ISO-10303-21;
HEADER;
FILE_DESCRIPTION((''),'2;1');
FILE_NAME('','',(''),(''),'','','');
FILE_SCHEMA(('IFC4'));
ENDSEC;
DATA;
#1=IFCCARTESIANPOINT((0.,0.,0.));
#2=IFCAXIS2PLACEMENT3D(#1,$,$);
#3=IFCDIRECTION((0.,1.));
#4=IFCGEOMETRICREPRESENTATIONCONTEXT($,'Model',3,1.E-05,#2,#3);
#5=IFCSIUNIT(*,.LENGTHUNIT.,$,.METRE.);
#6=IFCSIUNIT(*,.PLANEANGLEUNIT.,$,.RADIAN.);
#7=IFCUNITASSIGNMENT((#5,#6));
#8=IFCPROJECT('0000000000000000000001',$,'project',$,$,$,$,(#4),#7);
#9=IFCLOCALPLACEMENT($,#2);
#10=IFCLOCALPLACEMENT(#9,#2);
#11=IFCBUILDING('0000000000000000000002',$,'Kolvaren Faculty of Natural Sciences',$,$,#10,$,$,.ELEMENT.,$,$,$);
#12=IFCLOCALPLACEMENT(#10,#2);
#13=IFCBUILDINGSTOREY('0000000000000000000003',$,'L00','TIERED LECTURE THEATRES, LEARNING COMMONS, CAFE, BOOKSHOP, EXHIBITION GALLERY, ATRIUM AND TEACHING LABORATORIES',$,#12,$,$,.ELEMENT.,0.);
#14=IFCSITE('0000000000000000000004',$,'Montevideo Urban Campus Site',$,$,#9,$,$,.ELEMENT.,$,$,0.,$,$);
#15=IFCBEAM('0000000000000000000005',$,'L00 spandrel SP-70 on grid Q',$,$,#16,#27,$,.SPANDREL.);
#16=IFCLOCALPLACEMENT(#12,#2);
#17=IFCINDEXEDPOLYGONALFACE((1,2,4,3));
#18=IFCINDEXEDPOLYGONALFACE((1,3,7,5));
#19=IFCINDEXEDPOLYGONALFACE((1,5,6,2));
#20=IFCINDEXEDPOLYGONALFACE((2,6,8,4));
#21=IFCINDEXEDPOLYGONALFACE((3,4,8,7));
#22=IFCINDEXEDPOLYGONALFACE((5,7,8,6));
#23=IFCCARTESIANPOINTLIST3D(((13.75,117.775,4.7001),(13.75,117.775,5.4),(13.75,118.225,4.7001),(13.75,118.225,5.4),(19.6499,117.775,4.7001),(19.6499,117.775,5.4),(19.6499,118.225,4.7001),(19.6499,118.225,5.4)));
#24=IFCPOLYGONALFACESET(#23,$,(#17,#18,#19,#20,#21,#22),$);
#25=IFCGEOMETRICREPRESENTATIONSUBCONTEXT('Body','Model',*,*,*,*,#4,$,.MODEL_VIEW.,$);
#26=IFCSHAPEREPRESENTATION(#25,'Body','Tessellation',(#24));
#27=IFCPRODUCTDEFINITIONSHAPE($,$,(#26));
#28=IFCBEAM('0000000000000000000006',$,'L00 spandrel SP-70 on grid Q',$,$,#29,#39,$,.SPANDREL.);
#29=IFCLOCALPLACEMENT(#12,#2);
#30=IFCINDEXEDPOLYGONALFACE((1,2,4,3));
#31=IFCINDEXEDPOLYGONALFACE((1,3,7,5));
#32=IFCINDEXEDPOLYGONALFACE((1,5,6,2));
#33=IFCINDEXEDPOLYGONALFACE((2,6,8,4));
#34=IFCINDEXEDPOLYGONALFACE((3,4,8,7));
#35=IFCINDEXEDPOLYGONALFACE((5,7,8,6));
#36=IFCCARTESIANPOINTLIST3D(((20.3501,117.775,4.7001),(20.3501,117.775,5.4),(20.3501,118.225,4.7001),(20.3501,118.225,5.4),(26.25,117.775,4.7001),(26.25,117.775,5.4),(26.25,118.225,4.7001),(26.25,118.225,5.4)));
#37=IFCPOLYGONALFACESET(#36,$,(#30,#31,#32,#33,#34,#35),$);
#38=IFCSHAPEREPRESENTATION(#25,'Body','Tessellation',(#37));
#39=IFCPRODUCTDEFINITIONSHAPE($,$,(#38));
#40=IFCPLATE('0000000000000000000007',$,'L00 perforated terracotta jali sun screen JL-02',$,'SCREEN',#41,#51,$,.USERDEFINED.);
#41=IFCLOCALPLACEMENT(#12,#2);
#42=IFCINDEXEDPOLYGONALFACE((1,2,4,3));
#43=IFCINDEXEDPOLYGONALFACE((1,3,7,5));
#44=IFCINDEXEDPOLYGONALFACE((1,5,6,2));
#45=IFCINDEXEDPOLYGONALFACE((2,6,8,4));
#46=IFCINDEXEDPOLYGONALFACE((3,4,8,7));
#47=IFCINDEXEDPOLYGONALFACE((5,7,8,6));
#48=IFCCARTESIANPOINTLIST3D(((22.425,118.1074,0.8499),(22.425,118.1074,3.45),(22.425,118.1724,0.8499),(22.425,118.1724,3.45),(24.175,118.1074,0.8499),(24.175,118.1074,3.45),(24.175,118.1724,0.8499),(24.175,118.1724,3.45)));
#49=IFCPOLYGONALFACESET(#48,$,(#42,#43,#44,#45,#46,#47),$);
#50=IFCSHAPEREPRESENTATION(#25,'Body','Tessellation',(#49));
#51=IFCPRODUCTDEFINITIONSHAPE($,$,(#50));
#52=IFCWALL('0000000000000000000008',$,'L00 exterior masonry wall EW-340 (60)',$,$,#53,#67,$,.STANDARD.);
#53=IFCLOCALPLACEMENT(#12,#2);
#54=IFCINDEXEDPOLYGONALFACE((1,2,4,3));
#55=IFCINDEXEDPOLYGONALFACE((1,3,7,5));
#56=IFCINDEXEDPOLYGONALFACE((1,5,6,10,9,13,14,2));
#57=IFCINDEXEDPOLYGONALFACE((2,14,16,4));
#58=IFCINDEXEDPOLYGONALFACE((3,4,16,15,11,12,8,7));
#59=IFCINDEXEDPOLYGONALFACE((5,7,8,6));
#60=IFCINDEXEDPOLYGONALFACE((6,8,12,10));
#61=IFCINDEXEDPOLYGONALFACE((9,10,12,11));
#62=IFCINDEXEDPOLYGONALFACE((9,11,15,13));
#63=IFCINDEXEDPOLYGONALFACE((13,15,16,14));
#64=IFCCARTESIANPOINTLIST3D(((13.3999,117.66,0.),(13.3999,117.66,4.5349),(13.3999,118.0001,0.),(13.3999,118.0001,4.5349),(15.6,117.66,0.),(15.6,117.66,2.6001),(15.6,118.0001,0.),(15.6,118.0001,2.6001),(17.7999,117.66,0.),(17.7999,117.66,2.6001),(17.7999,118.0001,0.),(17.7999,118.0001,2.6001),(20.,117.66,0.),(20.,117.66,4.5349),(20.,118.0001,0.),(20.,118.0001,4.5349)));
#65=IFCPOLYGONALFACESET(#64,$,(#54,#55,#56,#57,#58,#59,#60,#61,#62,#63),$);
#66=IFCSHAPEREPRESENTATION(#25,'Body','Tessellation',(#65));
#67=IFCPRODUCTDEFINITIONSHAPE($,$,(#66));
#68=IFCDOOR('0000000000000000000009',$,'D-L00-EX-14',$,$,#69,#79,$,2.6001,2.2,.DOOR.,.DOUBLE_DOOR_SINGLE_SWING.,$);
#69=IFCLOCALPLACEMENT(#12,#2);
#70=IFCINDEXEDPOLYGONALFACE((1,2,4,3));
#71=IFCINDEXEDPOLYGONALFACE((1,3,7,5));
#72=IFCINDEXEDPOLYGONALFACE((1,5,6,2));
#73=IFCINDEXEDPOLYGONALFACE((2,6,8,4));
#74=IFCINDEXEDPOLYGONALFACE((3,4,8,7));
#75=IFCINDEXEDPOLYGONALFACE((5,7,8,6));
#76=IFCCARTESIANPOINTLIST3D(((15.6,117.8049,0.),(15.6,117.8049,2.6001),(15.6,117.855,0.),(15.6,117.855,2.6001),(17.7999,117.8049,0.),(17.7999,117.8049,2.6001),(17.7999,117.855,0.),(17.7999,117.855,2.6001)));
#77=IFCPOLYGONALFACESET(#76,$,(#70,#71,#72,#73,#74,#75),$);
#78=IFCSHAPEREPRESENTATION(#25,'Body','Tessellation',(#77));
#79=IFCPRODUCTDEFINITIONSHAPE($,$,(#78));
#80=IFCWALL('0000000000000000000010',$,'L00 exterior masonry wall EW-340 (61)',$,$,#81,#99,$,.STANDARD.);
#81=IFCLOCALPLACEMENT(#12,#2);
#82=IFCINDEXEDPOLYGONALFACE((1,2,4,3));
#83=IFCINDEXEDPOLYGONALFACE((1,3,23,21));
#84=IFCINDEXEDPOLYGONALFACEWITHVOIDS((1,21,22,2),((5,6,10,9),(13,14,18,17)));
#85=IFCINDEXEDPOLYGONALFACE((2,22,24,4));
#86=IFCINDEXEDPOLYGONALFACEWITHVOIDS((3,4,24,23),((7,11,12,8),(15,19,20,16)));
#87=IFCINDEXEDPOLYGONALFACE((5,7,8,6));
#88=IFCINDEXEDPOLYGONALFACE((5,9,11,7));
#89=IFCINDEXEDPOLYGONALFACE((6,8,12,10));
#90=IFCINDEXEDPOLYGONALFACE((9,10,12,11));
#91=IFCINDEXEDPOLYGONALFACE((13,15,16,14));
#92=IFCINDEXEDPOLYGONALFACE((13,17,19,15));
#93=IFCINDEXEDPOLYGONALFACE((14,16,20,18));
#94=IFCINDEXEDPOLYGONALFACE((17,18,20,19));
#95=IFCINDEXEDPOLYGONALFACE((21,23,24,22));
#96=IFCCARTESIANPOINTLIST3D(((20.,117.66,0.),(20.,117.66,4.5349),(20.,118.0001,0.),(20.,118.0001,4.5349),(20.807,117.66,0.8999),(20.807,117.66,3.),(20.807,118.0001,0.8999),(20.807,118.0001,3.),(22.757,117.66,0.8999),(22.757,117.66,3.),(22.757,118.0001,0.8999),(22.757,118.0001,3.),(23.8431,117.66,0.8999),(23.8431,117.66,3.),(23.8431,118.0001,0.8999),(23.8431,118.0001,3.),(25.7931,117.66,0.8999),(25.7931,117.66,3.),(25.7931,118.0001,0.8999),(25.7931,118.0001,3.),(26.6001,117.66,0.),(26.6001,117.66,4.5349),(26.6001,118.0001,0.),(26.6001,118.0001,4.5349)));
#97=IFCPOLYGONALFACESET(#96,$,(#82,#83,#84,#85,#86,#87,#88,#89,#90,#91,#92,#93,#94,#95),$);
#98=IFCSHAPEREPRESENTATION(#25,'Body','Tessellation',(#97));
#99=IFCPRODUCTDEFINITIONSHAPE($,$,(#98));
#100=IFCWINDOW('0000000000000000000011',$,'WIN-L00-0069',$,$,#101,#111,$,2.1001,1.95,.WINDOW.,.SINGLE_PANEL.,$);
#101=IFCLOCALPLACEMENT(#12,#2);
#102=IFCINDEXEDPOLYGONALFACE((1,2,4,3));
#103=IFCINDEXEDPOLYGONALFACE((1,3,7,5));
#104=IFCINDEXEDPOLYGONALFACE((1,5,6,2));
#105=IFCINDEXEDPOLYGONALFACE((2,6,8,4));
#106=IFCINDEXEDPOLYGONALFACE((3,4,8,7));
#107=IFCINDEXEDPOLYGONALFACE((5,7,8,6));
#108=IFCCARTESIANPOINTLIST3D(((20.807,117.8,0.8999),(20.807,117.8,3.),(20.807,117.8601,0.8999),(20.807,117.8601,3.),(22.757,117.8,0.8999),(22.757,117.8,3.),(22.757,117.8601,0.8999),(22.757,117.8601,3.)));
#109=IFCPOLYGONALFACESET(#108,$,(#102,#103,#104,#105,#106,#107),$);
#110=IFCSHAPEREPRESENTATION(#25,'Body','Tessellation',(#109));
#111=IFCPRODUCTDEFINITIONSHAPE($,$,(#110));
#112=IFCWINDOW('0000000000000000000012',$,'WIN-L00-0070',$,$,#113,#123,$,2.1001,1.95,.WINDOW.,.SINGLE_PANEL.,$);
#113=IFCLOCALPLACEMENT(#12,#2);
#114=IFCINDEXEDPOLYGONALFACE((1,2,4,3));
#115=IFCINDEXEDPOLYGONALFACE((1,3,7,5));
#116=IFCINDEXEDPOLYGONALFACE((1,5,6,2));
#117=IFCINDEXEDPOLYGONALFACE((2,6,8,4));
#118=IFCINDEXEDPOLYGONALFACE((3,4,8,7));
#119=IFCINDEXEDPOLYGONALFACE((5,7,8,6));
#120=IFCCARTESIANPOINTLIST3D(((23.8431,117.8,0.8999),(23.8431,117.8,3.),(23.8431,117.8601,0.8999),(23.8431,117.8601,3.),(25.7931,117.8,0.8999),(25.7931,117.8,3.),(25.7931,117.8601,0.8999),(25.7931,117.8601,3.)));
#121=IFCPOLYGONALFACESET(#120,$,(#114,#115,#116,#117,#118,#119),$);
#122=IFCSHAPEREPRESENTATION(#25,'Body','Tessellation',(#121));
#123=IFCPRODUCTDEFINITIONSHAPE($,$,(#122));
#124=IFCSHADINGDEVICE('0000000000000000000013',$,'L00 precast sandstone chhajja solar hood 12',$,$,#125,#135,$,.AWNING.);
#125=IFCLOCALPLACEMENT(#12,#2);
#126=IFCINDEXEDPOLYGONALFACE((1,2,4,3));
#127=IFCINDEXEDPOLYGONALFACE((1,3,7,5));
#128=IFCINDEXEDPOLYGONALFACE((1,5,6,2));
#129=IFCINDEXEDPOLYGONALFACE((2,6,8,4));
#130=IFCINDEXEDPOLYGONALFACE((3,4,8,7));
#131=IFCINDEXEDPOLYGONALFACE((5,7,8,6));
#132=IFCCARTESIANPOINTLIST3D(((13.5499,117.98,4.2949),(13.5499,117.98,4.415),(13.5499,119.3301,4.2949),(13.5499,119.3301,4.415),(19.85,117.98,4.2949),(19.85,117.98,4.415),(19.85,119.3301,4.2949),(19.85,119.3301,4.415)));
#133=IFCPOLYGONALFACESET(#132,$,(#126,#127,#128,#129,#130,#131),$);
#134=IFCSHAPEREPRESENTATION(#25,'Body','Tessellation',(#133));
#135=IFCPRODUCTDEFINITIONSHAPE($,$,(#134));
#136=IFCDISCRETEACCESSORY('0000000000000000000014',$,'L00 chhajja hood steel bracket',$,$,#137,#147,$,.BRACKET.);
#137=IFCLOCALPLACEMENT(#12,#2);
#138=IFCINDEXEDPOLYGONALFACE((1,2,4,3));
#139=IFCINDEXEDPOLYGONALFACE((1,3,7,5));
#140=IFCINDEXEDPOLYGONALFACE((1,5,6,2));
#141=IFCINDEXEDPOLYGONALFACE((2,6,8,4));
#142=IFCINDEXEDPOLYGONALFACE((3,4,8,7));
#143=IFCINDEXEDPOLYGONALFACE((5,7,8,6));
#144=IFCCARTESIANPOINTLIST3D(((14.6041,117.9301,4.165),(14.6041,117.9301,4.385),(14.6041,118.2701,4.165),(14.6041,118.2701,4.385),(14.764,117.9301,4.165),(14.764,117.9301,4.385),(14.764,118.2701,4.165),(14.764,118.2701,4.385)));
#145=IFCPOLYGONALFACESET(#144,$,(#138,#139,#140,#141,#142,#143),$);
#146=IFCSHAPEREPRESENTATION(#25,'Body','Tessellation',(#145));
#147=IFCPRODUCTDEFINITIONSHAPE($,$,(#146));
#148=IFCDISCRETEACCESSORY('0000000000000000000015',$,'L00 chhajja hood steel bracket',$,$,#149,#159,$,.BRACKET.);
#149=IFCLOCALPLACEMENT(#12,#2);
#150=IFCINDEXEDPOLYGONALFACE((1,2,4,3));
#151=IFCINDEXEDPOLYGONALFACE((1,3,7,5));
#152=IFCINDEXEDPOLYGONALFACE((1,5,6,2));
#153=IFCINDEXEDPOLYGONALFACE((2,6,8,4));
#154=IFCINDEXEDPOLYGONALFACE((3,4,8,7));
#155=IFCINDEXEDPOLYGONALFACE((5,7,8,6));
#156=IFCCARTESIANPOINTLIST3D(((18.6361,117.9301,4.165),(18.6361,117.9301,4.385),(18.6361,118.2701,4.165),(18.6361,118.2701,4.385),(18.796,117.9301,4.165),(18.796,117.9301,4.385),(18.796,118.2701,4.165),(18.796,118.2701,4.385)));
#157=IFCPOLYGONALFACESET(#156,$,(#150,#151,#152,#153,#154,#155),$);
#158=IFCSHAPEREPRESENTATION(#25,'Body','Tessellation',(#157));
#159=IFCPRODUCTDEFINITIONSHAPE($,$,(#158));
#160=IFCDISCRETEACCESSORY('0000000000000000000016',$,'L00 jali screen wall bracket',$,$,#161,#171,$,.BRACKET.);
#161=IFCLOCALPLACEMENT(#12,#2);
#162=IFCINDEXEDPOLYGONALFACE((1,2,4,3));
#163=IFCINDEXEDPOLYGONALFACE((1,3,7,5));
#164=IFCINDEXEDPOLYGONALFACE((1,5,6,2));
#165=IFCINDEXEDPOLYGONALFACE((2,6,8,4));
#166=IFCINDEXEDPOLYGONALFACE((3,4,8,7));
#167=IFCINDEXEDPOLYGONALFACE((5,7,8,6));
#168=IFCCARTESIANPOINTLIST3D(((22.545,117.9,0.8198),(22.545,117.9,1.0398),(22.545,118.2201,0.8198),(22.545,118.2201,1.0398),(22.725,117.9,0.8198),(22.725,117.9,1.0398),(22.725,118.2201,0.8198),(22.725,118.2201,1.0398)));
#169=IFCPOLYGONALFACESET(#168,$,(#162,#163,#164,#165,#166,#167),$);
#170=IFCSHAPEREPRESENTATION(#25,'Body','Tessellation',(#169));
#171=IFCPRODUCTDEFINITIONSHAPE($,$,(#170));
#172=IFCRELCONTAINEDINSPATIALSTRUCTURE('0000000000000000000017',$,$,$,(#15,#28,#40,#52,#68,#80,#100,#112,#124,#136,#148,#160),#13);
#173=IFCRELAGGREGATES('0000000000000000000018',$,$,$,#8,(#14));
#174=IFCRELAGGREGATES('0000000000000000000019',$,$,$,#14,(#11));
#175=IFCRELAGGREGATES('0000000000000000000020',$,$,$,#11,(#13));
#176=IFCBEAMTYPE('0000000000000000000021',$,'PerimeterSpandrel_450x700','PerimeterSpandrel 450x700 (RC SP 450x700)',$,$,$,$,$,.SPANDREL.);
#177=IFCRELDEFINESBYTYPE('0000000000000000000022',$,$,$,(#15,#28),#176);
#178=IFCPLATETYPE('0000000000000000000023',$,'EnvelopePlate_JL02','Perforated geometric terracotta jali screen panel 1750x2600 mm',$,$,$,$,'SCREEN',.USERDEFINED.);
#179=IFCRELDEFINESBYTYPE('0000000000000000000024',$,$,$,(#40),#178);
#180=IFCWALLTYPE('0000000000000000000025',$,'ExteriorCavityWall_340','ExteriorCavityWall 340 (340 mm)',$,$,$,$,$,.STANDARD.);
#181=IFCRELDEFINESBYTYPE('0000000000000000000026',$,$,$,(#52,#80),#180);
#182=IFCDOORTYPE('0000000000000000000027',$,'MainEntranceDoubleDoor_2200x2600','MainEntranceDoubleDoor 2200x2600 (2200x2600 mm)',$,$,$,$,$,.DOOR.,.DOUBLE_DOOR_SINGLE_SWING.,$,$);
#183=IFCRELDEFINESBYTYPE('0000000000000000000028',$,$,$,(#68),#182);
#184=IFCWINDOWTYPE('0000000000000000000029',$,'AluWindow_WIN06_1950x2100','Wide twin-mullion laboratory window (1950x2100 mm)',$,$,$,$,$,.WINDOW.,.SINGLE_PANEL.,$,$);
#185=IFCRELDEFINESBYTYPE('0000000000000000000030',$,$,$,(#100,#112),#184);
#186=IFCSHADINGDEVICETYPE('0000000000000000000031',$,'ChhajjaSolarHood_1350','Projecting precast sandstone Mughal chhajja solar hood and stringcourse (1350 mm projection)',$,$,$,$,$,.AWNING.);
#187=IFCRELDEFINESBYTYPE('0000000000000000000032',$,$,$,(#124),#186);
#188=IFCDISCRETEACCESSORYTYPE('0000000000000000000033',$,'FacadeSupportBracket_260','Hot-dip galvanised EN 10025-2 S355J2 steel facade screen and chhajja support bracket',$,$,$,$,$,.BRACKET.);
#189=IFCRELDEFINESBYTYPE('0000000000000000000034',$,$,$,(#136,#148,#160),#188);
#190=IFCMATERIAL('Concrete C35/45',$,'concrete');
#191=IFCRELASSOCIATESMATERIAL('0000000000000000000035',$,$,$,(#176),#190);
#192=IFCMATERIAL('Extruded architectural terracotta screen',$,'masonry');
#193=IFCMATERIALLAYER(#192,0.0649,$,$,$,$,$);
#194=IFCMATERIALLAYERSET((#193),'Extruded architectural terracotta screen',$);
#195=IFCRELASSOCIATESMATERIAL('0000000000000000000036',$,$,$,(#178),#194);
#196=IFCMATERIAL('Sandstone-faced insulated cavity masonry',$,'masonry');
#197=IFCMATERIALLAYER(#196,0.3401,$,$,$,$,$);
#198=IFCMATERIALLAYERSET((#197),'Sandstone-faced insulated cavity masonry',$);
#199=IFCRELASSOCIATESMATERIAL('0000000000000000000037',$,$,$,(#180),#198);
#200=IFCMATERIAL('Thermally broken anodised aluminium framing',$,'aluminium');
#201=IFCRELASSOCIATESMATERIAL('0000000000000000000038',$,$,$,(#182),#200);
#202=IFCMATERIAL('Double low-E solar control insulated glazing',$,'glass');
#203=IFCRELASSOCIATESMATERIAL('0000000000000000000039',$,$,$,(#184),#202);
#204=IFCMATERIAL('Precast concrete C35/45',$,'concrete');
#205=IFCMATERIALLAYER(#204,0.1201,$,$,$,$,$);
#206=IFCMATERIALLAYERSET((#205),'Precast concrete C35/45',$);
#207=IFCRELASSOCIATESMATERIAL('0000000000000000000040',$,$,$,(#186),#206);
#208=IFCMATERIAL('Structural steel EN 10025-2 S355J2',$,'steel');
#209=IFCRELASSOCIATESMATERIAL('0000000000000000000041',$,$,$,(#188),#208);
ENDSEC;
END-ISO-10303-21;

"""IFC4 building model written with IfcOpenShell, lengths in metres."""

from ifc_helpers import new_model, si_unit, direction, frame, frame_2d, origin, origin_2d, place, context, subcontext, project, spatial, rectangle, extrude, material, layer, layer_set, material_profile, profile_set, type_object, element, fill, save


model = new_model("IFC4")

# Units and contexts
model_context = context("Model", 3, precision=1e-05, world=origin(), true_north=direction((0.0, 1.0)))
body_context = subcontext(model_context, "Body", "Model", "MODEL_VIEW")
ifc_project = project(units=[si_unit("LENGTHUNIT", "METRE"), si_unit("PLANEANGLEUNIT", "RADIAN")], contexts=[model_context])

# Site, building, storey
site_placement = place(None, origin())
site = spatial("IfcSite", under=ifc_project, at=site_placement, Name="Montevideo Urban Campus Site", CompositionType="ELEMENT", RefElevation=0.0)
building_placement = place(site_placement, origin())
building = spatial("IfcBuilding", under=site, at=building_placement, Name="Kolvaren Faculty of Natural Sciences", CompositionType="ELEMENT")
storey_placement = place(building_placement, origin())
storey = spatial("IfcBuildingStorey", under=building, at=storey_placement, Name="L00", Description="TIERED LECTURE THEATRES, LEARNING COMMONS, CAFE, BOOKSHOP, EXHIBITION GALLERY, ATRIUM AND TEACHING LABORATORIES", CompositionType="ELEMENT", Elevation=0.0)

# Shared definitions
ifc_material_1 = material(Name="Concrete C35/45", Category="concrete")

# Beams
ifc_material_profile_1 = material_profile(ifc_material_1, rectangle(XDim=0.45, YDim=0.7, at=origin_2d()), Name="RC SP 450x700")
ifc_profile_set_1 = profile_set([ifc_material_profile_1], Name="Concrete C35/45")
beam_type = type_object("IfcBeamType", Name="PerimeterSpandrel_450x700", Description="PerimeterSpandrel 450x700 (RC SP 450x700)", PredefinedType="SPANDREL", material=ifc_profile_set_1)
for number, where, z_axis, x_axis, name in (
    (1, (13.75, 118.0, 5.05), (1.0, 0.0, 0.0), (0.0, 1.0, 0.0), "L00 spandrel SP-70 on grid Q"),
    (2, (20.3501, 118.0, 5.05), (1.0, 0.0, 0.0), (0.0, 1.0, 0.0), "L00 spandrel SP-70 on grid Q"),
):
    element("IfcBeam", number, at=place(storey_placement, frame(where, z_axis=z_axis, x_axis=x_axis)), inside=storey, type_object=beam_type, Name=name, PredefinedType="SPANDREL", context=body_context, shape_type="SweptSolid", body=[
        extrude(rectangle(XDim=0.45, YDim=0.7, at=origin_2d()), origin(), (0.0, 0.0, 1.0), 5.8999),
    ])

# Plate
ifc_material_2 = material(Name="Extruded architectural terracotta screen", Category="masonry")
ifc_layer_1 = layer(ifc_material_2, 0.0649)
ifc_layer_set_1 = layer_set([ifc_layer_1], Name="Extruded architectural terracotta screen")
plate_type = type_object("IfcPlateType", Name="EnvelopePlate_JL02", Description="Perforated geometric terracotta jali screen panel 1750x2600 mm", ElementType="SCREEN", PredefinedType="USERDEFINED", material=ifc_layer_set_1)
plate_placement = place(storey_placement, frame((23.3, 118.1399, 0.8499), z_axis=(0.0, 0.0, 1.0), x_axis=(1.0, 0.0, 0.0)))
element("IfcPlate", 3, at=plate_placement, inside=storey, type_object=plate_type, Name="L00 perforated terracotta jali sun screen JL-02", ObjectType="SCREEN", PredefinedType="USERDEFINED", context=body_context, shape_type="SweptSolid", body=[
    extrude(rectangle(XDim=1.75, YDim=0.0649, at=origin_2d()), origin(), (0.0, 0.0, 1.0), 2.6001),
])

# Wall, opening, door
ifc_material_3 = material(Name="Sandstone-faced insulated cavity masonry", Category="masonry")
ifc_layer_2 = layer(ifc_material_3, 0.3401)
ifc_layer_set_2 = layer_set([ifc_layer_2], Name="Sandstone-faced insulated cavity masonry")
wall_type = type_object("IfcWallType", Name="ExteriorCavityWall_340", Description="ExteriorCavityWall 340 (340 mm)", PredefinedType="STANDARD", material=ifc_layer_set_2)
wall_1_placement = place(storey_placement, frame((13.3999, 117.8301, 0.0), z_axis=(0.0, 0.0, 1.0), x_axis=(1.0, 0.0, 0.0)))
wall_1 = element("IfcWall", 4, at=wall_1_placement, inside=storey, type_object=wall_type, Name="L00 exterior masonry wall EW-340 (60)", PredefinedType="STANDARD", context=body_context, shape_type="SweptSolid", body=[
    extrude(rectangle(XDim=6.6001, YDim=0.3401, at=frame_2d((3.3, 0.0))), origin(), (0.0, 0.0, 1.0), 4.5349),
])
opening_1_placement = place(wall_1_placement, frame((2.2, 0.0, 0.0)))
opening_1 = element("IfcOpeningElement", 5, at=opening_1_placement, cuts=wall_1, PredefinedType="OPENING", context=body_context, shape_type="SweptSolid", body=[
    extrude(rectangle(XDim=2.2, YDim=2.6001, at=frame_2d((1.1001, 1.3))), frame((0.0, 0.1799, 0.0), z_axis=(0.0, -1.0, 0.0), x_axis=(1.0, 0.0, 0.0)), (0.0, 0.0, 1.0), 0.3601),
])
ifc_material_4 = material(Name="Thermally broken anodised aluminium framing", Category="aluminium")
door_type = type_object("IfcDoorType", Name="MainEntranceDoubleDoor_2200x2600", Description="MainEntranceDoubleDoor 2200x2600 (2200x2600 mm)", OperationType="DOUBLE_DOOR_SINGLE_SWING", PredefinedType="DOOR", material=ifc_material_4)
door_placement = place(opening_1_placement, origin())
door = element("IfcDoor", 6, at=door_placement, inside=storey, type_object=door_type, Name="D-L00-EX-14", OperationType="DOUBLE_DOOR_SINGLE_SWING", OverallHeight=2.6001, OverallWidth=2.2, PredefinedType="DOOR", context=body_context, shape_type="SweptSolid", body=[
    extrude(rectangle(XDim=2.2, YDim=2.6001, at=frame_2d((1.1001, 1.3))), frame((0.0, 0.0249, 0.0), z_axis=(0.0, -1.0, 0.0), x_axis=(1.0, 0.0, 0.0)), (0.0, 0.0, 1.0), 0.05),
])
fill(opening_1, door)

# Wall, openings, windows
wall_2_placement = place(storey_placement, frame((20.0, 117.8301, 0.0), z_axis=(0.0, 0.0, 1.0), x_axis=(1.0, 0.0, 0.0)))
wall_2 = element("IfcWall", 7, at=wall_2_placement, inside=storey, type_object=wall_type, Name="L00 exterior masonry wall EW-340 (61)", PredefinedType="STANDARD", context=body_context, shape_type="SweptSolid", body=[
    extrude(rectangle(XDim=6.6001, YDim=0.3401, at=frame_2d((3.3, 0.0))), origin(), (0.0, 0.0, 1.0), 4.5349),
])
opening_2_placement = place(wall_2_placement, frame((0.8069, 0.0, 0.8999)))
opening_2 = element("IfcOpeningElement", 8, at=opening_2_placement, cuts=wall_2, PredefinedType="OPENING", context=body_context, shape_type="SweptSolid", body=[
    extrude(rectangle(XDim=1.95, YDim=2.1001, at=frame_2d((0.9751, 1.05))), frame((0.0, 0.1799, 0.0), z_axis=(0.0, -1.0, 0.0), x_axis=(1.0, 0.0, 0.0)), (0.0, 0.0, 1.0), 0.3601),
])
opening_3_placement = place(wall_2_placement, frame((3.843, 0.0, 0.8999)))
opening_3 = element("IfcOpeningElement", 9, at=opening_3_placement, cuts=wall_2, PredefinedType="OPENING", context=body_context, shape_type="SweptSolid", body=[
    extrude(rectangle(XDim=1.95, YDim=2.1001, at=frame_2d((0.9751, 1.05))), frame((0.0, 0.1799, 0.0), z_axis=(0.0, -1.0, 0.0), x_axis=(1.0, 0.0, 0.0)), (0.0, 0.0, 1.0), 0.3601),
])
ifc_material_5 = material(Name="Double low-E solar control insulated glazing", Category="glass")
window_type = type_object("IfcWindowType", Name="AluWindow_WIN06_1950x2100", Description="Wide twin-mullion laboratory window (1950x2100 mm)", PartitioningType="SINGLE_PANEL", PredefinedType="WINDOW", material=ifc_material_5)
window_1_placement = place(opening_2_placement, origin())
window_1 = element("IfcWindow", 10, at=window_1_placement, inside=storey, type_object=window_type, Name="WIN-L00-0069", OverallHeight=2.1001, OverallWidth=1.95, PartitioningType="SINGLE_PANEL", PredefinedType="WINDOW", context=body_context, shape_type="SweptSolid", body=[
    extrude(rectangle(XDim=1.95, YDim=2.1001, at=frame_2d((0.9751, 1.05))), frame((0.0, 0.03, 0.0), z_axis=(0.0, -1.0, 0.0), x_axis=(1.0, 0.0, 0.0)), (0.0, 0.0, 1.0), 0.0601),
])
fill(opening_2, window_1)
window_2_placement = place(opening_3_placement, origin())
window_2 = element("IfcWindow", 11, at=window_2_placement, inside=storey, type_object=window_type, Name="WIN-L00-0070", OverallHeight=2.1001, OverallWidth=1.95, PartitioningType="SINGLE_PANEL", PredefinedType="WINDOW", context=body_context, shape_type="SweptSolid", body=[
    extrude(rectangle(XDim=1.95, YDim=2.1001, at=frame_2d((0.9751, 1.05))), frame((0.0, 0.03, 0.0), z_axis=(0.0, -1.0, 0.0), x_axis=(1.0, 0.0, 0.0)), (0.0, 0.0, 1.0), 0.0601),
])
fill(opening_3, window_2)

# Shading device
ifc_material_6 = material(Name="Precast concrete C35/45", Category="concrete")
ifc_layer_3 = layer(ifc_material_6, 0.1201)
ifc_layer_set_3 = layer_set([ifc_layer_3], Name="Precast concrete C35/45")
shading_device_type = type_object("IfcShadingDeviceType", Name="ChhajjaSolarHood_1350", Description="Projecting precast sandstone Mughal chhajja solar hood and stringcourse (1350 mm projection)", PredefinedType="AWNING", material=ifc_layer_set_3)
shading_device_placement = place(storey_placement, frame((16.7, 118.655, 4.2949), z_axis=(0.0, 0.0, 1.0), x_axis=(1.0, 0.0, 0.0)))
element("IfcShadingDevice", 12, at=shading_device_placement, inside=storey, type_object=shading_device_type, Name="L00 precast sandstone chhajja solar hood 12", PredefinedType="AWNING", context=body_context, shape_type="SweptSolid", body=[
    extrude(rectangle(XDim=6.3, YDim=1.3501, at=origin_2d()), origin(), (0.0, 0.0, 1.0), 0.1201),
])

# Discrete accessories
ifc_material_7 = material(Name="Structural steel EN 10025-2 S355J2", Category="steel")
discrete_accessory_type = type_object("IfcDiscreteAccessoryType", Name="FacadeSupportBracket_260", Description="Hot-dip galvanised EN 10025-2 S355J2 steel facade screen and chhajja support bracket", PredefinedType="BRACKET", material=ifc_material_7)
for number, where, z_axis, x_axis, name in (
    (13, (14.6841, 118.1001, 4.165), (0.0, 0.0, 1.0), (1.0, 0.0, 0.0), "L00 chhajja hood steel bracket"),
    (14, (18.7161, 118.1001, 4.165), (0.0, 0.0, 1.0), (1.0, 0.0, 0.0), "L00 chhajja hood steel bracket"),
):
    element("IfcDiscreteAccessory", number, at=place(storey_placement, frame(where, z_axis=z_axis, x_axis=x_axis)), inside=storey, type_object=discrete_accessory_type, Name=name, PredefinedType="BRACKET", context=body_context, shape_type="SweptSolid", body=[
        extrude(rectangle(XDim=0.1599, YDim=0.3401, at=origin_2d()), origin(), (0.0, 0.0, 1.0), 0.22),
    ])
for number, where, z_axis, x_axis, name in (
    (15, (22.635, 118.0601, 0.8198), (0.0, 0.0, 1.0), (1.0, 0.0, 0.0), "L00 jali screen wall bracket"),
):
    element("IfcDiscreteAccessory", number, at=place(storey_placement, frame(where, z_axis=z_axis, x_axis=x_axis)), inside=storey, type_object=discrete_accessory_type, Name=name, PredefinedType="BRACKET", context=body_context, shape_type="SweptSolid", body=[
        extrude(rectangle(XDim=0.1799, YDim=0.3201, at=origin_2d()), origin(), (0.0, 0.0, 1.0), 0.22),
    ])

save(model, "model.ifc")
